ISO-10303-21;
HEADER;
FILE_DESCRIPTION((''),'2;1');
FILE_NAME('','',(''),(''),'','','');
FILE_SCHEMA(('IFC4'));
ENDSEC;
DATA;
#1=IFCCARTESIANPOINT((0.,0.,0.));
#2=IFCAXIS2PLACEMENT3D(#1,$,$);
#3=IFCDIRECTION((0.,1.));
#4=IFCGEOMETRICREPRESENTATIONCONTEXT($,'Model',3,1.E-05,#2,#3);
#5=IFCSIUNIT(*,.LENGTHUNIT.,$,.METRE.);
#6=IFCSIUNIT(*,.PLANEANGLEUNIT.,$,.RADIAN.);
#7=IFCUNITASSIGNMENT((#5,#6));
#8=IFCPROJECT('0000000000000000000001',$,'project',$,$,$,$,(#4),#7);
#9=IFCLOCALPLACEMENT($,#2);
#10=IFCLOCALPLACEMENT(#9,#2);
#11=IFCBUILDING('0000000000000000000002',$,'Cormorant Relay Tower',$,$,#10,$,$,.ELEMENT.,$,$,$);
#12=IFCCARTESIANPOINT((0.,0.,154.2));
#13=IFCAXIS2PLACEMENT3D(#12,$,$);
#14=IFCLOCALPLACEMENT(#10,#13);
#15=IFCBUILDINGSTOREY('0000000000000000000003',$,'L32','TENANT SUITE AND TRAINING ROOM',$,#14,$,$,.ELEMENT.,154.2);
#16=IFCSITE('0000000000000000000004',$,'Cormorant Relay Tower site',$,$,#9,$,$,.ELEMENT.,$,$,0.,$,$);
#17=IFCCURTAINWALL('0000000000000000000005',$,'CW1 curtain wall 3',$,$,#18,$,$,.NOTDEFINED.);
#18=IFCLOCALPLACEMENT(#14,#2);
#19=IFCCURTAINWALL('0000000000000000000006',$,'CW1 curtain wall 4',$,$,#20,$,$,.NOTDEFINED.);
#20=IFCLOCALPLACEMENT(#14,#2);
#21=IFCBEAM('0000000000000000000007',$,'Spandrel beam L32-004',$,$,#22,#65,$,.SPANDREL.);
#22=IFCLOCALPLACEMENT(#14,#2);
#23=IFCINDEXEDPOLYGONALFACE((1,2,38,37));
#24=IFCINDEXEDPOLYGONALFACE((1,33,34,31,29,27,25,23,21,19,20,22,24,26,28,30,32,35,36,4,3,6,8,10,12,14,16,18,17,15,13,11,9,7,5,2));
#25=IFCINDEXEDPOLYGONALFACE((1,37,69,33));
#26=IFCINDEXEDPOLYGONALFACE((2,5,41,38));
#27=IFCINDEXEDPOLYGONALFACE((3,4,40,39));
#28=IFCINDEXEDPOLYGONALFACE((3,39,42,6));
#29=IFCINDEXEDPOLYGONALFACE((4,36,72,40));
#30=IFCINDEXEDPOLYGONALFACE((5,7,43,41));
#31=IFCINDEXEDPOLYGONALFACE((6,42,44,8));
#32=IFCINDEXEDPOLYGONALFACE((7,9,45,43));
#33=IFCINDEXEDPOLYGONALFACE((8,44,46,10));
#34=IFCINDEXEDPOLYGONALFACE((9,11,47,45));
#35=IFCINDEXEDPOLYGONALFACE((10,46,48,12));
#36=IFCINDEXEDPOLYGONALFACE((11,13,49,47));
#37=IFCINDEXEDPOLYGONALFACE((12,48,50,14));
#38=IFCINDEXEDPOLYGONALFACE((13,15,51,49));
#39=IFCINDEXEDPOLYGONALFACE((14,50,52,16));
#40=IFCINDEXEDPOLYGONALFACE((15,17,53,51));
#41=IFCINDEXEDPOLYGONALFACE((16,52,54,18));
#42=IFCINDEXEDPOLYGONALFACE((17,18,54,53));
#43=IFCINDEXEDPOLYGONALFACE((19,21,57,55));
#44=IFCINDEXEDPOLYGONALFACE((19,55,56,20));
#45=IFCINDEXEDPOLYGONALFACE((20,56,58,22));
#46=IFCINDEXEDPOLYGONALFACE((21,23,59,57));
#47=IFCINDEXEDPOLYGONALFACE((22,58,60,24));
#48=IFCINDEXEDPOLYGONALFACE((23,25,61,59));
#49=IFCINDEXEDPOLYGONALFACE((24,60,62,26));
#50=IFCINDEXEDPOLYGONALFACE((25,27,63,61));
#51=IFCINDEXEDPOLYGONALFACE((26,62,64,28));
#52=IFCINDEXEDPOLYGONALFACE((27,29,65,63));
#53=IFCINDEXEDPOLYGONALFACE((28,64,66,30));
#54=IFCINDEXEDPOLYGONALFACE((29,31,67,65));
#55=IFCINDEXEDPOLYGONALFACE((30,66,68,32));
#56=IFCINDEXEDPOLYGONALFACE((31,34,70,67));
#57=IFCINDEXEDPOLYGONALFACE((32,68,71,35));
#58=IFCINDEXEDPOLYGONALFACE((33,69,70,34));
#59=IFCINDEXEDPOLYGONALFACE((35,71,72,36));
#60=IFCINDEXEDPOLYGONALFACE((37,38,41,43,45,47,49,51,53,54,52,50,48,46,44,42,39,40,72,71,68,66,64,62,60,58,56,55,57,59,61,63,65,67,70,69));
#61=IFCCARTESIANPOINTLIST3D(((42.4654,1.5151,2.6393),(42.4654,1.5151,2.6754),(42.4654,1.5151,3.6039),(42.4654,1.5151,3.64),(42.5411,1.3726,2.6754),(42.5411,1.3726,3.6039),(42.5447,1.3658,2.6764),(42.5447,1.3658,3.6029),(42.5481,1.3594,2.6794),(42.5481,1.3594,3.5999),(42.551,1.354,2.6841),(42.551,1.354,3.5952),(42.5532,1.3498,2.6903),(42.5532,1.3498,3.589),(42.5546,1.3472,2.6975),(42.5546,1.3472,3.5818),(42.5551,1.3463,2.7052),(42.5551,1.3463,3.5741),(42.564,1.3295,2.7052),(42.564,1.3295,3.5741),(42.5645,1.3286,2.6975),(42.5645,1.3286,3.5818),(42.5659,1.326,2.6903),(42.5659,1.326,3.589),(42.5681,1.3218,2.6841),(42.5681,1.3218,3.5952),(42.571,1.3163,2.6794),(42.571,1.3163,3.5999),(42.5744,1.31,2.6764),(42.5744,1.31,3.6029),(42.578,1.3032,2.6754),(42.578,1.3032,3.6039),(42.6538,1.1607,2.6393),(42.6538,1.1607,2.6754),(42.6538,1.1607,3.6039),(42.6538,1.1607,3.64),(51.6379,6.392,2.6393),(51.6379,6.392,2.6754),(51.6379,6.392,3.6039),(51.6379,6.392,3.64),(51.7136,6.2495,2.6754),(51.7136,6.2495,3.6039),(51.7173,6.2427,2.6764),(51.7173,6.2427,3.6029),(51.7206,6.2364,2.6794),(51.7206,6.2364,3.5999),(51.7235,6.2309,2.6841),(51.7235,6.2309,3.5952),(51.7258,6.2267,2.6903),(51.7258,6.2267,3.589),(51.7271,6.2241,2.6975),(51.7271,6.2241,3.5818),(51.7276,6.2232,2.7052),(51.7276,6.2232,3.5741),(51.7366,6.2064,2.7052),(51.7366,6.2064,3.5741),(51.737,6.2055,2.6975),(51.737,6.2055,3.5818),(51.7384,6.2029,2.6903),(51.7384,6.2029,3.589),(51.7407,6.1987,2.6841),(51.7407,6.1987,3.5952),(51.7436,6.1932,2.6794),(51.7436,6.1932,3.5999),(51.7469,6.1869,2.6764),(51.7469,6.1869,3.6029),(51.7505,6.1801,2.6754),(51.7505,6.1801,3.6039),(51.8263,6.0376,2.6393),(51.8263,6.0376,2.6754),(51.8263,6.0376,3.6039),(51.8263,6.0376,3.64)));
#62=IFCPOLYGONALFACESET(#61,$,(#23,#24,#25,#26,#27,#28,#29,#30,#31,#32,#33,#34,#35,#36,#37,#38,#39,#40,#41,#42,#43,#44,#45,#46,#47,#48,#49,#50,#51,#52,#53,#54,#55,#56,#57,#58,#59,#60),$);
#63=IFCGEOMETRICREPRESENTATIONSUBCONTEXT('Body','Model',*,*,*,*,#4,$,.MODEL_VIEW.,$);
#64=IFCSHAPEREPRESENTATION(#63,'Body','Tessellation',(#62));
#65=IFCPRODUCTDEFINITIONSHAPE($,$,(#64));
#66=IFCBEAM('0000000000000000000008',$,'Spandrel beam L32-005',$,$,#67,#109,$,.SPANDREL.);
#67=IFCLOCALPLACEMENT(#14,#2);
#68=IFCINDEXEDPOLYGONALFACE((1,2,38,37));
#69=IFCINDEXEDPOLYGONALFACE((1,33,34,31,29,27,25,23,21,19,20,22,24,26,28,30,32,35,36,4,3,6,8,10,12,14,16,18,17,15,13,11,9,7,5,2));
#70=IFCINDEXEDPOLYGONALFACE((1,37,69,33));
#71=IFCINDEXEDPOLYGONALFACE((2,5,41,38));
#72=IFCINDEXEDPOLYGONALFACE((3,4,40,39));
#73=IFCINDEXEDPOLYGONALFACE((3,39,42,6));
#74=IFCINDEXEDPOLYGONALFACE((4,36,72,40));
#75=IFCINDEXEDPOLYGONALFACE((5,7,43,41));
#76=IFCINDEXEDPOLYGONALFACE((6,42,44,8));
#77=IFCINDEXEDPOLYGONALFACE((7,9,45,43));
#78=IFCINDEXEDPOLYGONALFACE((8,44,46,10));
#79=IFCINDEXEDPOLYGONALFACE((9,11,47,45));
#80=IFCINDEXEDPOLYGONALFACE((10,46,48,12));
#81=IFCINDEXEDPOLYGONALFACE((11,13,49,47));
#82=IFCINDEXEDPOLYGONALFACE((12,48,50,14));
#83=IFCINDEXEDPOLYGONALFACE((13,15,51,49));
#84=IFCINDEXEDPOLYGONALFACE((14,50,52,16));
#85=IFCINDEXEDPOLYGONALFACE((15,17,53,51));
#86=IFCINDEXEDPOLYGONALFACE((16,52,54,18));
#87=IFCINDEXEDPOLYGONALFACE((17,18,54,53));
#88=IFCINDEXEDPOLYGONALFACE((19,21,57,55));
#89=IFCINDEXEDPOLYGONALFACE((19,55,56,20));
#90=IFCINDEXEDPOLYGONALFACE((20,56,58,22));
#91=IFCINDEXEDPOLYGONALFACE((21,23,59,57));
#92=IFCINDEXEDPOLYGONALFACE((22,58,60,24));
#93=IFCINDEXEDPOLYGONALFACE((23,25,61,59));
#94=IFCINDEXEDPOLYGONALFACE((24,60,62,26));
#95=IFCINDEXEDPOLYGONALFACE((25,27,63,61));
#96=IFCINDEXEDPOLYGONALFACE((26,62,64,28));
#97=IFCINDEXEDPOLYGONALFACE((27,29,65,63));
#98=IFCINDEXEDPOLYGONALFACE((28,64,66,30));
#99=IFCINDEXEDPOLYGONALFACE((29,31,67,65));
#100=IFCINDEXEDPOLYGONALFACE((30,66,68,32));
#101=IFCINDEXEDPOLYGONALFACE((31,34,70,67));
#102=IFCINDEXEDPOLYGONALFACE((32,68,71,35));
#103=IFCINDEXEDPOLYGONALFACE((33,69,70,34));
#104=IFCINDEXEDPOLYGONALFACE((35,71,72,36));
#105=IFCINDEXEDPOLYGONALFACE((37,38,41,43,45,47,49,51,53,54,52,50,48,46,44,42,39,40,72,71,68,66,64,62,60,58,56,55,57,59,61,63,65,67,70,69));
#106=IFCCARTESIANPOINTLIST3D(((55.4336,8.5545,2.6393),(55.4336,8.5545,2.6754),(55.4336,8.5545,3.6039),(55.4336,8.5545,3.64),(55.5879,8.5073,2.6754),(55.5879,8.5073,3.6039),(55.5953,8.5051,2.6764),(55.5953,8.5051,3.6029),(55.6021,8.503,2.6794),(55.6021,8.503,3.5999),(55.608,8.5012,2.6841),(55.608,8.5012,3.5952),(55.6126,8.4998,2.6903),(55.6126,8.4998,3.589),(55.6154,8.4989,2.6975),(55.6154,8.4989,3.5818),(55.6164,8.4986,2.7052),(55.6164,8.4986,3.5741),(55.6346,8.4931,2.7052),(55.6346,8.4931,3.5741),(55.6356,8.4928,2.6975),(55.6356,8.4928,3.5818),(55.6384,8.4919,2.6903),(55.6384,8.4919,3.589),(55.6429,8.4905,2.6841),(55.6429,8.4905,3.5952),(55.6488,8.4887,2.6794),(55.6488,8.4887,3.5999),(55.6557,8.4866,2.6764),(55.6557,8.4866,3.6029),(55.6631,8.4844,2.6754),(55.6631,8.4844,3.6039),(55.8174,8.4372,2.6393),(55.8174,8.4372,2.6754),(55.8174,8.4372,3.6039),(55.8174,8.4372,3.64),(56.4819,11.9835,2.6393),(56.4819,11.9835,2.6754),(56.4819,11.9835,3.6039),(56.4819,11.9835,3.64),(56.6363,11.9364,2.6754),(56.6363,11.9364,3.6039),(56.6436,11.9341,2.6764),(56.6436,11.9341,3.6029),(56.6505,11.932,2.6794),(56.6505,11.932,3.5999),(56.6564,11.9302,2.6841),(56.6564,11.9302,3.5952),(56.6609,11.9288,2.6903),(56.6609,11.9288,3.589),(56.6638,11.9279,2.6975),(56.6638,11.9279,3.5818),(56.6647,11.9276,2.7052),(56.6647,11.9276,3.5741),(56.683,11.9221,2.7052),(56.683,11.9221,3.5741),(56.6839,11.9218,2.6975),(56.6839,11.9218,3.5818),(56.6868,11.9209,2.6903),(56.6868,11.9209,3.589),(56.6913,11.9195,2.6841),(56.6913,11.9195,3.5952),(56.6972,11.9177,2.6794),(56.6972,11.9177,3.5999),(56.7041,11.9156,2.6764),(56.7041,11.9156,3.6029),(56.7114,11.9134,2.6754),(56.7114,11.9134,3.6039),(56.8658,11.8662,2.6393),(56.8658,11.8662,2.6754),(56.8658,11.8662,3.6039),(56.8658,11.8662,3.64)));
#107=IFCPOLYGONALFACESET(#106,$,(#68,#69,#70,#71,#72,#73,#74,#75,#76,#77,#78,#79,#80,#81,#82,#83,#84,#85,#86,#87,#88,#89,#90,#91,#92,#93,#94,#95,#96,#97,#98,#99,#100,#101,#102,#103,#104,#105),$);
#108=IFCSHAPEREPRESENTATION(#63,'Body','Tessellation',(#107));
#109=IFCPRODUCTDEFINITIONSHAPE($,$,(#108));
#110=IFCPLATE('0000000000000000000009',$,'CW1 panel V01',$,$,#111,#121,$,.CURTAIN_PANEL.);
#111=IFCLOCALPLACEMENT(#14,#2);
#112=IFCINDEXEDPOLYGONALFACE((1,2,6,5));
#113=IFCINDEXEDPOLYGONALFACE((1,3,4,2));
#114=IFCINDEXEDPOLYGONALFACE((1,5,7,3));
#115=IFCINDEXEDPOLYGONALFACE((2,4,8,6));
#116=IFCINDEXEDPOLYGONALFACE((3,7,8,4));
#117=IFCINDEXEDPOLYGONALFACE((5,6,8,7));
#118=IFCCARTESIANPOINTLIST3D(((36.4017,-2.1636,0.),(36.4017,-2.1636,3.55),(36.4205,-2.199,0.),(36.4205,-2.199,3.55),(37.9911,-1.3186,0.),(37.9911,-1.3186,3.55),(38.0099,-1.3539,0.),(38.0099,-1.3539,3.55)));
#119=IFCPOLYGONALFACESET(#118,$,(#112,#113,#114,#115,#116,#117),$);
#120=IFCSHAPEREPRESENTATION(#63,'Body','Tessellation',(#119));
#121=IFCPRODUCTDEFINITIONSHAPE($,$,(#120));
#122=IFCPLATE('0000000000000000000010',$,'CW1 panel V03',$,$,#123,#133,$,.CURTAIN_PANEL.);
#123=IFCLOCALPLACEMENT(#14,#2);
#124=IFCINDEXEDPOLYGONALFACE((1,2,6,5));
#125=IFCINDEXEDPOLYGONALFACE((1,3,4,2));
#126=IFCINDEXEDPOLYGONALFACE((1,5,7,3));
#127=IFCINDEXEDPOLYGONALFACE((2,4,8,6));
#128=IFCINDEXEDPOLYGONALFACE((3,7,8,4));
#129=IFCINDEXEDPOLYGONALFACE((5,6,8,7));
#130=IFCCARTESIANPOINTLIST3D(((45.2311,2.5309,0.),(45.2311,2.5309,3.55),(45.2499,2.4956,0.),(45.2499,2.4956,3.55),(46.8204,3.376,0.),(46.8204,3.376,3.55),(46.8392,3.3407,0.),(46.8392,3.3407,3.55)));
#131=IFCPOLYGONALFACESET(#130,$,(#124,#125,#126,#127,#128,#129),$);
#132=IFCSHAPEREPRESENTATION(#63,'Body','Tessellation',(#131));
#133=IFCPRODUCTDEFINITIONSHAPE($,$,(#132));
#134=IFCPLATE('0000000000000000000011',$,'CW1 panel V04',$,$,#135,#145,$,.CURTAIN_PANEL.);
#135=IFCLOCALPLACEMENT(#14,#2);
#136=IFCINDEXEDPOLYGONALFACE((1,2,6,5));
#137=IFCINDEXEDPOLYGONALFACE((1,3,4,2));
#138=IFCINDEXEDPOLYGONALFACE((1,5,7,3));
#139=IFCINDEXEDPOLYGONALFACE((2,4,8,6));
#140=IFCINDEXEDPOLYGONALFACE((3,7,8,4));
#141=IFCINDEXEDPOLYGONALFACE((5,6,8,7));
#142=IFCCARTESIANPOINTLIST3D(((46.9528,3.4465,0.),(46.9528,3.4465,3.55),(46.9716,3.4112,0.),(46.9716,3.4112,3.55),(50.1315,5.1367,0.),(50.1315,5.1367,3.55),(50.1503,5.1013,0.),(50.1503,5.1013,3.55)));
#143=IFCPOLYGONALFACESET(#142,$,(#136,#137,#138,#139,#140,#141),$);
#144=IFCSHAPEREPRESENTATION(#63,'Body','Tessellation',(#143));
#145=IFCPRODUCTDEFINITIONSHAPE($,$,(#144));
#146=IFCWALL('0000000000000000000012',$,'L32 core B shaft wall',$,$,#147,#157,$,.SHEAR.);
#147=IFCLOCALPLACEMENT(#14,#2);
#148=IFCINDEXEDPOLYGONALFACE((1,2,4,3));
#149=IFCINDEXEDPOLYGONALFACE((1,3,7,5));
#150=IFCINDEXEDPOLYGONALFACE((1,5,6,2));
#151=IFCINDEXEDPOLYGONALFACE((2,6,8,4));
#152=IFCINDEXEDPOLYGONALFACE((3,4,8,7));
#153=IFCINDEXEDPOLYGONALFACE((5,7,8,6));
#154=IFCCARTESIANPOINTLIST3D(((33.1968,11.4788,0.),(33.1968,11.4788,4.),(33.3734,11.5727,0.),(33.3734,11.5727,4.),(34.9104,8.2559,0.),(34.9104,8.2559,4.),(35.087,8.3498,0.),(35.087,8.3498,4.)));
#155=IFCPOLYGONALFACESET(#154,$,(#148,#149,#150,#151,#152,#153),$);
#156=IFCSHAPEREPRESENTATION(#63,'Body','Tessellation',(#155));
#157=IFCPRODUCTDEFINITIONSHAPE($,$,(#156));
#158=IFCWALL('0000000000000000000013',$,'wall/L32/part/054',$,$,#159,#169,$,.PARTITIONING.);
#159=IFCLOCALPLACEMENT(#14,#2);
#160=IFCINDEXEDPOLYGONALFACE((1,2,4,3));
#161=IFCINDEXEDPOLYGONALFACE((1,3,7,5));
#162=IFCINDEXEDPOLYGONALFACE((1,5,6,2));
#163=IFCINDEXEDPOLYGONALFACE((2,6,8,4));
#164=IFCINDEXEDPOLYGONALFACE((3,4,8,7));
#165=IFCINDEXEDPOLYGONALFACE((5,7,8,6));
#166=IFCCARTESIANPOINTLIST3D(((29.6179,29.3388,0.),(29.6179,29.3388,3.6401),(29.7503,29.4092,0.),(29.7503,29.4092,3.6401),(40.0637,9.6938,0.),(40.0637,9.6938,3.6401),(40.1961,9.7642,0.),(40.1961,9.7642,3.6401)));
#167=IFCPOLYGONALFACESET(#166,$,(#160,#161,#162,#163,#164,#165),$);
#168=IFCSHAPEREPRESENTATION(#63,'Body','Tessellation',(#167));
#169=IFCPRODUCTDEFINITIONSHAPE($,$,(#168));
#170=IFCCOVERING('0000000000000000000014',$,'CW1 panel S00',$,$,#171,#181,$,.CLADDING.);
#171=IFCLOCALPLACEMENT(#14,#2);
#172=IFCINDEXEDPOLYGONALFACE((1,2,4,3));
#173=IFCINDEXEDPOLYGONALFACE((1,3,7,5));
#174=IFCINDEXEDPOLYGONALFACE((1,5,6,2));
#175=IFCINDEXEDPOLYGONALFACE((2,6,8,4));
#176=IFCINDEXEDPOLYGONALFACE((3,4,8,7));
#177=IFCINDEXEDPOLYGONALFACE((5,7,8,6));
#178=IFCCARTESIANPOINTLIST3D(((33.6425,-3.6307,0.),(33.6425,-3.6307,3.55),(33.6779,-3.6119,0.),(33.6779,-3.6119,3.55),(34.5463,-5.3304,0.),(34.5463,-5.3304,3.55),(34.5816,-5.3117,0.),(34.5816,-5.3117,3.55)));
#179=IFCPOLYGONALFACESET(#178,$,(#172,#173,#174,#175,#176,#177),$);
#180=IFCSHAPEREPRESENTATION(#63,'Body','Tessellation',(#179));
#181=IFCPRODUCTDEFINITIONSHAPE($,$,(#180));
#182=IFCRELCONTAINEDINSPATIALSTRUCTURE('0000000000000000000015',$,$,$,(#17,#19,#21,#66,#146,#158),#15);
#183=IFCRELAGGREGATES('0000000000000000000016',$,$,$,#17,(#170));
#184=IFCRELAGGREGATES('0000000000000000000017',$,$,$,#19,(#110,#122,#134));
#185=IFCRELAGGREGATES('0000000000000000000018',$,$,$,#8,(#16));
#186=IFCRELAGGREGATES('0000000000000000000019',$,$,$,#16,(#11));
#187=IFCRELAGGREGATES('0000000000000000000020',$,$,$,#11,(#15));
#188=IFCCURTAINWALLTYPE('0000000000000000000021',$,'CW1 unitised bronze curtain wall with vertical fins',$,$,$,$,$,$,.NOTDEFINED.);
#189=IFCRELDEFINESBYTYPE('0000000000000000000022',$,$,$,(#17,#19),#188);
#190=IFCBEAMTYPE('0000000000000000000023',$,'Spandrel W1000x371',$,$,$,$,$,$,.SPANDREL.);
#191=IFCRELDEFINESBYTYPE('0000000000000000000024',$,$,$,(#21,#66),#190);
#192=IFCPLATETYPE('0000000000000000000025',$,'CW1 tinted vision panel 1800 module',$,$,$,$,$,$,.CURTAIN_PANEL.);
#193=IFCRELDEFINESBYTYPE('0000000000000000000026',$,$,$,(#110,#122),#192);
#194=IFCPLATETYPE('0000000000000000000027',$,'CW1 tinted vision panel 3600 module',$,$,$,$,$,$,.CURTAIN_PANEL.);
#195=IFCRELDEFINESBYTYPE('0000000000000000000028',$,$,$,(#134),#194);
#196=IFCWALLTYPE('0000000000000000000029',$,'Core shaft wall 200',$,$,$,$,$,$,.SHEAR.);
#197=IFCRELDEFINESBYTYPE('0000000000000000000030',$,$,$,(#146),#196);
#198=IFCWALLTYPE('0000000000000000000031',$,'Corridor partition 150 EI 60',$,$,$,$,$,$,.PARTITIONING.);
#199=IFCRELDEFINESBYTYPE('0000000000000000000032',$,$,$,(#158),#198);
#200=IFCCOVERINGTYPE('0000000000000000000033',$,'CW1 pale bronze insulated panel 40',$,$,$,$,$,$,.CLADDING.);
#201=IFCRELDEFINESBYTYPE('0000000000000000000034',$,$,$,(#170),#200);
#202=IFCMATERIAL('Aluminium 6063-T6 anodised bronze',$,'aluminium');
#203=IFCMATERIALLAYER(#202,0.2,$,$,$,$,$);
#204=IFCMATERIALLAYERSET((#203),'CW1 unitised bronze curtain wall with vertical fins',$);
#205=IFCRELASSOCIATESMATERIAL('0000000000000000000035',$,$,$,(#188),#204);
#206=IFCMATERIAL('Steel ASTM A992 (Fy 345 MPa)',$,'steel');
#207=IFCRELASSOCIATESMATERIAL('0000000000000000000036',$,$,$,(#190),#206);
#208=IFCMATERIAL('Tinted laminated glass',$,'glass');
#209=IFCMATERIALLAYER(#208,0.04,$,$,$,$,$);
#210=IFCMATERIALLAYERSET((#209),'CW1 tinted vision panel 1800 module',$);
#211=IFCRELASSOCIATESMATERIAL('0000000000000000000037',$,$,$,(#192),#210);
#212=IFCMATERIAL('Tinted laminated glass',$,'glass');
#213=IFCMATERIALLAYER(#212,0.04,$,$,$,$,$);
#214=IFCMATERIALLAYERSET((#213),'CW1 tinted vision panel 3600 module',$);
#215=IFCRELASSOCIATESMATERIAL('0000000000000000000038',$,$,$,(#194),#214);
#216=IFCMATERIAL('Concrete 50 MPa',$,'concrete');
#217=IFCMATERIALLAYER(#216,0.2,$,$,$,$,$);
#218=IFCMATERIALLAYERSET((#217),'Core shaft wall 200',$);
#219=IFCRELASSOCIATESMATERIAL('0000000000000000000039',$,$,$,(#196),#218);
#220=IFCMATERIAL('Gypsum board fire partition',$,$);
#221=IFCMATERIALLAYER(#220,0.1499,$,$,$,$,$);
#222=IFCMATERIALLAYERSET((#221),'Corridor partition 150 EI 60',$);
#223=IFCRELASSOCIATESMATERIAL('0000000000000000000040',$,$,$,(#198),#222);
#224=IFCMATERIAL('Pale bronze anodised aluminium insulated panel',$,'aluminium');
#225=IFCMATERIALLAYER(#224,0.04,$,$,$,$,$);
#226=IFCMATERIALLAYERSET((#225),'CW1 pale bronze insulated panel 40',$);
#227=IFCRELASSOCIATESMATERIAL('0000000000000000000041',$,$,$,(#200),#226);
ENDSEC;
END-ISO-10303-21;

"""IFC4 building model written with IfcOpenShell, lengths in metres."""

from ifc_helpers import new_model, si_unit, direction, frame, frame_2d, origin, origin_2d, place, context, subcontext, project, spatial, rectangle, i_section, extrude, material, layer, layer_set, material_profile, profile_set, type_object, element, aggregate, save


model = new_model("IFC4")

# Units and contexts
model_context = context("Model", 3, precision=1e-05, world=origin(), true_north=direction((0.0, 1.0)))
body_context = subcontext(model_context, "Body", "Model", "MODEL_VIEW")
ifc_project = project(units=[si_unit("LENGTHUNIT", "METRE"), si_unit("PLANEANGLEUNIT", "RADIAN")], contexts=[model_context])

# Site, building, storey
site_placement = place(None, origin())
site = spatial("IfcSite", under=ifc_project, at=site_placement, Name="Cormorant Relay Tower site", CompositionType="ELEMENT", RefElevation=0.0)
building_placement = place(site_placement, origin())
building = spatial("IfcBuilding", under=site, at=building_placement, Name="Cormorant Relay Tower", CompositionType="ELEMENT")
storey_placement = place(building_placement, frame((0.0, 0.0, 154.2)))
storey = spatial("IfcBuildingStorey", under=building, at=storey_placement, Name="L32", Description="TENANT SUITE AND TRAINING ROOM", CompositionType="ELEMENT", Elevation=154.2)

# Curtain wall
ifc_material_1 = material(Name="Aluminium 6063-T6 anodised bronze", Category="aluminium")
ifc_layer_1 = layer(ifc_material_1, 0.2)
ifc_layer_set_1 = layer_set([ifc_layer_1], Name="CW1 unitised bronze curtain wall with vertical fins")
curtain_wall_type = type_object("IfcCurtainWallType", Name="CW1 unitised bronze curtain wall with vertical fins", PredefinedType="NOTDEFINED", material=ifc_layer_set_1)
curtain_wall_1_placement = place(storey_placement, origin())
curtain_wall_1 = element("IfcCurtainWall", 1, at=curtain_wall_1_placement, inside=storey, type_object=curtain_wall_type, Name="CW1 curtain wall 3", PredefinedType="NOTDEFINED")

# Curtain wall
curtain_wall_2_placement = place(storey_placement, origin())
curtain_wall_2 = element("IfcCurtainWall", 2, at=curtain_wall_2_placement, inside=storey, type_object=curtain_wall_type, Name="CW1 curtain wall 4", PredefinedType="NOTDEFINED")

# Beams
ifc_material_2 = material(Name="Steel ASTM A992 (Fy 345 MPa)", Category="steel")
ifc_material_profile_1 = material_profile(ifc_material_2, i_section(OverallWidth=0.4014, OverallDepth=1.0007, WebThickness=0.019, FlangeThickness=0.0361, FilletRadius=0.0298, at=origin_2d()), Name="W1000x371")
ifc_profile_set_1 = profile_set([ifc_material_profile_1], Name="Steel ASTM A992 (Fy 345 MPa)")
beam_type = type_object("IfcBeamType", Name="Spandrel W1000x371", PredefinedType="SPANDREL", material=ifc_profile_set_1)
beam_1_placement = place(storey_placement, frame((42.5596, 1.3379, 3.1396), z_axis=(0.882956, 0.469456, 0.0), x_axis=(-0.469456, 0.882956, 0.0)))
element("IfcBeam", 3, at=beam_1_placement, inside=storey, type_object=beam_type, Name="Spandrel beam L32-004", PredefinedType="SPANDREL", context=body_context, shape_type="SweptSolid", body=[
    extrude(i_section(OverallWidth=0.4014, OverallDepth=1.0007, WebThickness=0.019, FlangeThickness=0.0361, FilletRadius=0.0298, at=origin_2d()), origin(), (0.0, 0.0, 1.0), 10.3884),
])
beam_2_placement = place(storey_placement, frame((55.6255, 8.4958, 3.1396), z_axis=(0.292372, 0.956305, 0.0), x_axis=(-0.956305, 0.292372, 0.0)))
element("IfcBeam", 4, at=beam_2_placement, inside=storey, type_object=beam_type, Name="Spandrel beam L32-005", PredefinedType="SPANDREL", context=body_context, shape_type="SweptSolid", body=[
    extrude(i_section(OverallWidth=0.4014, OverallDepth=1.0007, WebThickness=0.019, FlangeThickness=0.0361, FilletRadius=0.0298, at=origin_2d()), origin(), (0.0, 0.0, 1.0), 3.5857),
])

# Plates
ifc_material_3 = material(Name="Tinted laminated glass", Category="glass")
ifc_layer_2 = layer(ifc_material_3, 0.04)
ifc_layer_set_2 = layer_set([ifc_layer_2], Name="CW1 tinted vision panel 1800 module")
plate_type_1 = type_object("IfcPlateType", Name="CW1 tinted vision panel 1800 module", PredefinedType="CURTAIN_PANEL", material=ifc_layer_set_2)
plate_1_placement = place(storey_placement, frame((37.2058, -1.7588, 0.0), z_axis=(0.0, 0.0, 1.0), x_axis=(0.882948, 0.469472, 0.0)))
plate_1 = element("IfcPlate", 5, at=plate_1_placement, type_object=plate_type_1, Name="CW1 panel V01", PredefinedType="CURTAIN_PANEL", context=body_context, shape_type="SweptSolid", body=[
    extrude(rectangle(XDim=1.8, YDim=0.04, at=origin_2d()), origin(), (0.0, 0.0, 1.0), 3.55),
])
plate_2_placement = place(storey_placement, frame((46.0352, 2.9358, 0.0), z_axis=(0.0, 0.0, 1.0), x_axis=(0.882948, 0.469472, 0.0)))
plate_2 = element("IfcPlate", 6, at=plate_2_placement, type_object=plate_type_1, Name="CW1 panel V03", PredefinedType="CURTAIN_PANEL", context=body_context, shape_type="SweptSolid", body=[
    extrude(rectangle(XDim=1.8, YDim=0.04, at=origin_2d()), origin(), (0.0, 0.0, 1.0), 3.55),
])
ifc_material_4 = material(Name="Tinted laminated glass", Category="glass")
ifc_layer_3 = layer(ifc_material_4, 0.04)
ifc_layer_set_3 = layer_set([ifc_layer_3], Name="CW1 tinted vision panel 3600 module")
plate_type_2 = type_object("IfcPlateType", Name="CW1 tinted vision panel 3600 module", PredefinedType="CURTAIN_PANEL", material=ifc_layer_set_3)
plate_3_placement = place(storey_placement, frame((48.5515, 4.2739, 0.0), z_axis=(0.0, 0.0, 1.0), x_axis=(0.882948, 0.469472, 0.0)))
plate_3 = element("IfcPlate", 7, at=plate_3_placement, type_object=plate_type_2, Name="CW1 panel V04", PredefinedType="CURTAIN_PANEL", context=body_context, shape_type="SweptSolid", body=[
    extrude(rectangle(XDim=3.6001, YDim=0.04, at=origin_2d()), origin(), (0.0, 0.0, 1.0), 3.55),
])

# Wall
ifc_material_5 = material(Name="Concrete 50 MPa", Category="concrete")
ifc_layer_4 = layer(ifc_material_5, 0.2)
ifc_layer_set_4 = layer_set([ifc_layer_4], Name="Core shaft wall 200")
wall_type_1 = type_object("IfcWallType", Name="Core shaft wall 200", PredefinedType="SHEAR", material=ifc_layer_set_4)
wall_1_placement = place(storey_placement, frame((34.9988, 8.3027, 0.0), z_axis=(0.0, 0.0, 1.0), x_axis=(-0.469467, 0.88295, 0.0)))
element("IfcWall", 8, at=wall_1_placement, inside=storey, type_object=wall_type_1, Name="L32 core B shaft wall", PredefinedType="SHEAR", context=body_context, shape_type="SweptSolid", body=[
    extrude(rectangle(XDim=3.6501, YDim=0.2, at=frame_2d((1.8252, 0.0))), origin(), (0.0, 0.0, 1.0), 4.0),
])

# Wall
ifc_material_6 = material(Name="Gypsum board fire partition")
ifc_layer_5 = layer(ifc_material_6, 0.1499)
ifc_layer_set_5 = layer_set([ifc_layer_5], Name="Corridor partition 150 EI 60")
wall_type_2 = type_object("IfcWallType", Name="Corridor partition 150 EI 60", PredefinedType="PARTITIONING", material=ifc_layer_set_5)
wall_2_placement = place(storey_placement, frame((40.1299, 9.729, 0.0), z_axis=(0.0, 0.0, 1.0), x_axis=(-0.469484, 0.882941, 0.0)))
element("IfcWall", 9, at=wall_2_placement, inside=storey, type_object=wall_type_2, Name="wall/L32/part/054", PredefinedType="PARTITIONING", context=body_context, shape_type="SweptSolid", body=[
    extrude(rectangle(XDim=22.2495, YDim=0.1499, at=frame_2d((11.1248, 0.0))), origin(), (0.0, 0.0, 1.0), 3.6401),
])

# Covering
ifc_material_7 = material(Name="Pale bronze anodised aluminium insulated panel", Category="aluminium")
ifc_layer_6 = layer(ifc_material_7, 0.04)
ifc_layer_set_6 = layer_set([ifc_layer_6], Name="CW1 pale bronze insulated panel 40")
covering_type = type_object("IfcCoveringType", Name="CW1 pale bronze insulated panel 40", PredefinedType="CLADDING", material=ifc_layer_set_6)
covering_1_placement = place(storey_placement, frame((34.1121, -4.4712, 0.0), z_axis=(0.0, 0.0, 1.0), x_axis=(-0.469472, 0.882948, 0.0)))
covering_1 = element("IfcCovering", 10, at=covering_1_placement, type_object=covering_type, Name="CW1 panel S00", PredefinedType="CLADDING", context=body_context, shape_type="SweptSolid", body=[
    extrude(rectangle(XDim=1.925, YDim=0.04, at=origin_2d()), origin(), (0.0, 0.0, 1.0), 3.55),
])
aggregate(curtain_wall_1, [covering_1])
aggregate(curtain_wall_2, [plate_1, plate_2, plate_3])

save(model, "model.ifc")
